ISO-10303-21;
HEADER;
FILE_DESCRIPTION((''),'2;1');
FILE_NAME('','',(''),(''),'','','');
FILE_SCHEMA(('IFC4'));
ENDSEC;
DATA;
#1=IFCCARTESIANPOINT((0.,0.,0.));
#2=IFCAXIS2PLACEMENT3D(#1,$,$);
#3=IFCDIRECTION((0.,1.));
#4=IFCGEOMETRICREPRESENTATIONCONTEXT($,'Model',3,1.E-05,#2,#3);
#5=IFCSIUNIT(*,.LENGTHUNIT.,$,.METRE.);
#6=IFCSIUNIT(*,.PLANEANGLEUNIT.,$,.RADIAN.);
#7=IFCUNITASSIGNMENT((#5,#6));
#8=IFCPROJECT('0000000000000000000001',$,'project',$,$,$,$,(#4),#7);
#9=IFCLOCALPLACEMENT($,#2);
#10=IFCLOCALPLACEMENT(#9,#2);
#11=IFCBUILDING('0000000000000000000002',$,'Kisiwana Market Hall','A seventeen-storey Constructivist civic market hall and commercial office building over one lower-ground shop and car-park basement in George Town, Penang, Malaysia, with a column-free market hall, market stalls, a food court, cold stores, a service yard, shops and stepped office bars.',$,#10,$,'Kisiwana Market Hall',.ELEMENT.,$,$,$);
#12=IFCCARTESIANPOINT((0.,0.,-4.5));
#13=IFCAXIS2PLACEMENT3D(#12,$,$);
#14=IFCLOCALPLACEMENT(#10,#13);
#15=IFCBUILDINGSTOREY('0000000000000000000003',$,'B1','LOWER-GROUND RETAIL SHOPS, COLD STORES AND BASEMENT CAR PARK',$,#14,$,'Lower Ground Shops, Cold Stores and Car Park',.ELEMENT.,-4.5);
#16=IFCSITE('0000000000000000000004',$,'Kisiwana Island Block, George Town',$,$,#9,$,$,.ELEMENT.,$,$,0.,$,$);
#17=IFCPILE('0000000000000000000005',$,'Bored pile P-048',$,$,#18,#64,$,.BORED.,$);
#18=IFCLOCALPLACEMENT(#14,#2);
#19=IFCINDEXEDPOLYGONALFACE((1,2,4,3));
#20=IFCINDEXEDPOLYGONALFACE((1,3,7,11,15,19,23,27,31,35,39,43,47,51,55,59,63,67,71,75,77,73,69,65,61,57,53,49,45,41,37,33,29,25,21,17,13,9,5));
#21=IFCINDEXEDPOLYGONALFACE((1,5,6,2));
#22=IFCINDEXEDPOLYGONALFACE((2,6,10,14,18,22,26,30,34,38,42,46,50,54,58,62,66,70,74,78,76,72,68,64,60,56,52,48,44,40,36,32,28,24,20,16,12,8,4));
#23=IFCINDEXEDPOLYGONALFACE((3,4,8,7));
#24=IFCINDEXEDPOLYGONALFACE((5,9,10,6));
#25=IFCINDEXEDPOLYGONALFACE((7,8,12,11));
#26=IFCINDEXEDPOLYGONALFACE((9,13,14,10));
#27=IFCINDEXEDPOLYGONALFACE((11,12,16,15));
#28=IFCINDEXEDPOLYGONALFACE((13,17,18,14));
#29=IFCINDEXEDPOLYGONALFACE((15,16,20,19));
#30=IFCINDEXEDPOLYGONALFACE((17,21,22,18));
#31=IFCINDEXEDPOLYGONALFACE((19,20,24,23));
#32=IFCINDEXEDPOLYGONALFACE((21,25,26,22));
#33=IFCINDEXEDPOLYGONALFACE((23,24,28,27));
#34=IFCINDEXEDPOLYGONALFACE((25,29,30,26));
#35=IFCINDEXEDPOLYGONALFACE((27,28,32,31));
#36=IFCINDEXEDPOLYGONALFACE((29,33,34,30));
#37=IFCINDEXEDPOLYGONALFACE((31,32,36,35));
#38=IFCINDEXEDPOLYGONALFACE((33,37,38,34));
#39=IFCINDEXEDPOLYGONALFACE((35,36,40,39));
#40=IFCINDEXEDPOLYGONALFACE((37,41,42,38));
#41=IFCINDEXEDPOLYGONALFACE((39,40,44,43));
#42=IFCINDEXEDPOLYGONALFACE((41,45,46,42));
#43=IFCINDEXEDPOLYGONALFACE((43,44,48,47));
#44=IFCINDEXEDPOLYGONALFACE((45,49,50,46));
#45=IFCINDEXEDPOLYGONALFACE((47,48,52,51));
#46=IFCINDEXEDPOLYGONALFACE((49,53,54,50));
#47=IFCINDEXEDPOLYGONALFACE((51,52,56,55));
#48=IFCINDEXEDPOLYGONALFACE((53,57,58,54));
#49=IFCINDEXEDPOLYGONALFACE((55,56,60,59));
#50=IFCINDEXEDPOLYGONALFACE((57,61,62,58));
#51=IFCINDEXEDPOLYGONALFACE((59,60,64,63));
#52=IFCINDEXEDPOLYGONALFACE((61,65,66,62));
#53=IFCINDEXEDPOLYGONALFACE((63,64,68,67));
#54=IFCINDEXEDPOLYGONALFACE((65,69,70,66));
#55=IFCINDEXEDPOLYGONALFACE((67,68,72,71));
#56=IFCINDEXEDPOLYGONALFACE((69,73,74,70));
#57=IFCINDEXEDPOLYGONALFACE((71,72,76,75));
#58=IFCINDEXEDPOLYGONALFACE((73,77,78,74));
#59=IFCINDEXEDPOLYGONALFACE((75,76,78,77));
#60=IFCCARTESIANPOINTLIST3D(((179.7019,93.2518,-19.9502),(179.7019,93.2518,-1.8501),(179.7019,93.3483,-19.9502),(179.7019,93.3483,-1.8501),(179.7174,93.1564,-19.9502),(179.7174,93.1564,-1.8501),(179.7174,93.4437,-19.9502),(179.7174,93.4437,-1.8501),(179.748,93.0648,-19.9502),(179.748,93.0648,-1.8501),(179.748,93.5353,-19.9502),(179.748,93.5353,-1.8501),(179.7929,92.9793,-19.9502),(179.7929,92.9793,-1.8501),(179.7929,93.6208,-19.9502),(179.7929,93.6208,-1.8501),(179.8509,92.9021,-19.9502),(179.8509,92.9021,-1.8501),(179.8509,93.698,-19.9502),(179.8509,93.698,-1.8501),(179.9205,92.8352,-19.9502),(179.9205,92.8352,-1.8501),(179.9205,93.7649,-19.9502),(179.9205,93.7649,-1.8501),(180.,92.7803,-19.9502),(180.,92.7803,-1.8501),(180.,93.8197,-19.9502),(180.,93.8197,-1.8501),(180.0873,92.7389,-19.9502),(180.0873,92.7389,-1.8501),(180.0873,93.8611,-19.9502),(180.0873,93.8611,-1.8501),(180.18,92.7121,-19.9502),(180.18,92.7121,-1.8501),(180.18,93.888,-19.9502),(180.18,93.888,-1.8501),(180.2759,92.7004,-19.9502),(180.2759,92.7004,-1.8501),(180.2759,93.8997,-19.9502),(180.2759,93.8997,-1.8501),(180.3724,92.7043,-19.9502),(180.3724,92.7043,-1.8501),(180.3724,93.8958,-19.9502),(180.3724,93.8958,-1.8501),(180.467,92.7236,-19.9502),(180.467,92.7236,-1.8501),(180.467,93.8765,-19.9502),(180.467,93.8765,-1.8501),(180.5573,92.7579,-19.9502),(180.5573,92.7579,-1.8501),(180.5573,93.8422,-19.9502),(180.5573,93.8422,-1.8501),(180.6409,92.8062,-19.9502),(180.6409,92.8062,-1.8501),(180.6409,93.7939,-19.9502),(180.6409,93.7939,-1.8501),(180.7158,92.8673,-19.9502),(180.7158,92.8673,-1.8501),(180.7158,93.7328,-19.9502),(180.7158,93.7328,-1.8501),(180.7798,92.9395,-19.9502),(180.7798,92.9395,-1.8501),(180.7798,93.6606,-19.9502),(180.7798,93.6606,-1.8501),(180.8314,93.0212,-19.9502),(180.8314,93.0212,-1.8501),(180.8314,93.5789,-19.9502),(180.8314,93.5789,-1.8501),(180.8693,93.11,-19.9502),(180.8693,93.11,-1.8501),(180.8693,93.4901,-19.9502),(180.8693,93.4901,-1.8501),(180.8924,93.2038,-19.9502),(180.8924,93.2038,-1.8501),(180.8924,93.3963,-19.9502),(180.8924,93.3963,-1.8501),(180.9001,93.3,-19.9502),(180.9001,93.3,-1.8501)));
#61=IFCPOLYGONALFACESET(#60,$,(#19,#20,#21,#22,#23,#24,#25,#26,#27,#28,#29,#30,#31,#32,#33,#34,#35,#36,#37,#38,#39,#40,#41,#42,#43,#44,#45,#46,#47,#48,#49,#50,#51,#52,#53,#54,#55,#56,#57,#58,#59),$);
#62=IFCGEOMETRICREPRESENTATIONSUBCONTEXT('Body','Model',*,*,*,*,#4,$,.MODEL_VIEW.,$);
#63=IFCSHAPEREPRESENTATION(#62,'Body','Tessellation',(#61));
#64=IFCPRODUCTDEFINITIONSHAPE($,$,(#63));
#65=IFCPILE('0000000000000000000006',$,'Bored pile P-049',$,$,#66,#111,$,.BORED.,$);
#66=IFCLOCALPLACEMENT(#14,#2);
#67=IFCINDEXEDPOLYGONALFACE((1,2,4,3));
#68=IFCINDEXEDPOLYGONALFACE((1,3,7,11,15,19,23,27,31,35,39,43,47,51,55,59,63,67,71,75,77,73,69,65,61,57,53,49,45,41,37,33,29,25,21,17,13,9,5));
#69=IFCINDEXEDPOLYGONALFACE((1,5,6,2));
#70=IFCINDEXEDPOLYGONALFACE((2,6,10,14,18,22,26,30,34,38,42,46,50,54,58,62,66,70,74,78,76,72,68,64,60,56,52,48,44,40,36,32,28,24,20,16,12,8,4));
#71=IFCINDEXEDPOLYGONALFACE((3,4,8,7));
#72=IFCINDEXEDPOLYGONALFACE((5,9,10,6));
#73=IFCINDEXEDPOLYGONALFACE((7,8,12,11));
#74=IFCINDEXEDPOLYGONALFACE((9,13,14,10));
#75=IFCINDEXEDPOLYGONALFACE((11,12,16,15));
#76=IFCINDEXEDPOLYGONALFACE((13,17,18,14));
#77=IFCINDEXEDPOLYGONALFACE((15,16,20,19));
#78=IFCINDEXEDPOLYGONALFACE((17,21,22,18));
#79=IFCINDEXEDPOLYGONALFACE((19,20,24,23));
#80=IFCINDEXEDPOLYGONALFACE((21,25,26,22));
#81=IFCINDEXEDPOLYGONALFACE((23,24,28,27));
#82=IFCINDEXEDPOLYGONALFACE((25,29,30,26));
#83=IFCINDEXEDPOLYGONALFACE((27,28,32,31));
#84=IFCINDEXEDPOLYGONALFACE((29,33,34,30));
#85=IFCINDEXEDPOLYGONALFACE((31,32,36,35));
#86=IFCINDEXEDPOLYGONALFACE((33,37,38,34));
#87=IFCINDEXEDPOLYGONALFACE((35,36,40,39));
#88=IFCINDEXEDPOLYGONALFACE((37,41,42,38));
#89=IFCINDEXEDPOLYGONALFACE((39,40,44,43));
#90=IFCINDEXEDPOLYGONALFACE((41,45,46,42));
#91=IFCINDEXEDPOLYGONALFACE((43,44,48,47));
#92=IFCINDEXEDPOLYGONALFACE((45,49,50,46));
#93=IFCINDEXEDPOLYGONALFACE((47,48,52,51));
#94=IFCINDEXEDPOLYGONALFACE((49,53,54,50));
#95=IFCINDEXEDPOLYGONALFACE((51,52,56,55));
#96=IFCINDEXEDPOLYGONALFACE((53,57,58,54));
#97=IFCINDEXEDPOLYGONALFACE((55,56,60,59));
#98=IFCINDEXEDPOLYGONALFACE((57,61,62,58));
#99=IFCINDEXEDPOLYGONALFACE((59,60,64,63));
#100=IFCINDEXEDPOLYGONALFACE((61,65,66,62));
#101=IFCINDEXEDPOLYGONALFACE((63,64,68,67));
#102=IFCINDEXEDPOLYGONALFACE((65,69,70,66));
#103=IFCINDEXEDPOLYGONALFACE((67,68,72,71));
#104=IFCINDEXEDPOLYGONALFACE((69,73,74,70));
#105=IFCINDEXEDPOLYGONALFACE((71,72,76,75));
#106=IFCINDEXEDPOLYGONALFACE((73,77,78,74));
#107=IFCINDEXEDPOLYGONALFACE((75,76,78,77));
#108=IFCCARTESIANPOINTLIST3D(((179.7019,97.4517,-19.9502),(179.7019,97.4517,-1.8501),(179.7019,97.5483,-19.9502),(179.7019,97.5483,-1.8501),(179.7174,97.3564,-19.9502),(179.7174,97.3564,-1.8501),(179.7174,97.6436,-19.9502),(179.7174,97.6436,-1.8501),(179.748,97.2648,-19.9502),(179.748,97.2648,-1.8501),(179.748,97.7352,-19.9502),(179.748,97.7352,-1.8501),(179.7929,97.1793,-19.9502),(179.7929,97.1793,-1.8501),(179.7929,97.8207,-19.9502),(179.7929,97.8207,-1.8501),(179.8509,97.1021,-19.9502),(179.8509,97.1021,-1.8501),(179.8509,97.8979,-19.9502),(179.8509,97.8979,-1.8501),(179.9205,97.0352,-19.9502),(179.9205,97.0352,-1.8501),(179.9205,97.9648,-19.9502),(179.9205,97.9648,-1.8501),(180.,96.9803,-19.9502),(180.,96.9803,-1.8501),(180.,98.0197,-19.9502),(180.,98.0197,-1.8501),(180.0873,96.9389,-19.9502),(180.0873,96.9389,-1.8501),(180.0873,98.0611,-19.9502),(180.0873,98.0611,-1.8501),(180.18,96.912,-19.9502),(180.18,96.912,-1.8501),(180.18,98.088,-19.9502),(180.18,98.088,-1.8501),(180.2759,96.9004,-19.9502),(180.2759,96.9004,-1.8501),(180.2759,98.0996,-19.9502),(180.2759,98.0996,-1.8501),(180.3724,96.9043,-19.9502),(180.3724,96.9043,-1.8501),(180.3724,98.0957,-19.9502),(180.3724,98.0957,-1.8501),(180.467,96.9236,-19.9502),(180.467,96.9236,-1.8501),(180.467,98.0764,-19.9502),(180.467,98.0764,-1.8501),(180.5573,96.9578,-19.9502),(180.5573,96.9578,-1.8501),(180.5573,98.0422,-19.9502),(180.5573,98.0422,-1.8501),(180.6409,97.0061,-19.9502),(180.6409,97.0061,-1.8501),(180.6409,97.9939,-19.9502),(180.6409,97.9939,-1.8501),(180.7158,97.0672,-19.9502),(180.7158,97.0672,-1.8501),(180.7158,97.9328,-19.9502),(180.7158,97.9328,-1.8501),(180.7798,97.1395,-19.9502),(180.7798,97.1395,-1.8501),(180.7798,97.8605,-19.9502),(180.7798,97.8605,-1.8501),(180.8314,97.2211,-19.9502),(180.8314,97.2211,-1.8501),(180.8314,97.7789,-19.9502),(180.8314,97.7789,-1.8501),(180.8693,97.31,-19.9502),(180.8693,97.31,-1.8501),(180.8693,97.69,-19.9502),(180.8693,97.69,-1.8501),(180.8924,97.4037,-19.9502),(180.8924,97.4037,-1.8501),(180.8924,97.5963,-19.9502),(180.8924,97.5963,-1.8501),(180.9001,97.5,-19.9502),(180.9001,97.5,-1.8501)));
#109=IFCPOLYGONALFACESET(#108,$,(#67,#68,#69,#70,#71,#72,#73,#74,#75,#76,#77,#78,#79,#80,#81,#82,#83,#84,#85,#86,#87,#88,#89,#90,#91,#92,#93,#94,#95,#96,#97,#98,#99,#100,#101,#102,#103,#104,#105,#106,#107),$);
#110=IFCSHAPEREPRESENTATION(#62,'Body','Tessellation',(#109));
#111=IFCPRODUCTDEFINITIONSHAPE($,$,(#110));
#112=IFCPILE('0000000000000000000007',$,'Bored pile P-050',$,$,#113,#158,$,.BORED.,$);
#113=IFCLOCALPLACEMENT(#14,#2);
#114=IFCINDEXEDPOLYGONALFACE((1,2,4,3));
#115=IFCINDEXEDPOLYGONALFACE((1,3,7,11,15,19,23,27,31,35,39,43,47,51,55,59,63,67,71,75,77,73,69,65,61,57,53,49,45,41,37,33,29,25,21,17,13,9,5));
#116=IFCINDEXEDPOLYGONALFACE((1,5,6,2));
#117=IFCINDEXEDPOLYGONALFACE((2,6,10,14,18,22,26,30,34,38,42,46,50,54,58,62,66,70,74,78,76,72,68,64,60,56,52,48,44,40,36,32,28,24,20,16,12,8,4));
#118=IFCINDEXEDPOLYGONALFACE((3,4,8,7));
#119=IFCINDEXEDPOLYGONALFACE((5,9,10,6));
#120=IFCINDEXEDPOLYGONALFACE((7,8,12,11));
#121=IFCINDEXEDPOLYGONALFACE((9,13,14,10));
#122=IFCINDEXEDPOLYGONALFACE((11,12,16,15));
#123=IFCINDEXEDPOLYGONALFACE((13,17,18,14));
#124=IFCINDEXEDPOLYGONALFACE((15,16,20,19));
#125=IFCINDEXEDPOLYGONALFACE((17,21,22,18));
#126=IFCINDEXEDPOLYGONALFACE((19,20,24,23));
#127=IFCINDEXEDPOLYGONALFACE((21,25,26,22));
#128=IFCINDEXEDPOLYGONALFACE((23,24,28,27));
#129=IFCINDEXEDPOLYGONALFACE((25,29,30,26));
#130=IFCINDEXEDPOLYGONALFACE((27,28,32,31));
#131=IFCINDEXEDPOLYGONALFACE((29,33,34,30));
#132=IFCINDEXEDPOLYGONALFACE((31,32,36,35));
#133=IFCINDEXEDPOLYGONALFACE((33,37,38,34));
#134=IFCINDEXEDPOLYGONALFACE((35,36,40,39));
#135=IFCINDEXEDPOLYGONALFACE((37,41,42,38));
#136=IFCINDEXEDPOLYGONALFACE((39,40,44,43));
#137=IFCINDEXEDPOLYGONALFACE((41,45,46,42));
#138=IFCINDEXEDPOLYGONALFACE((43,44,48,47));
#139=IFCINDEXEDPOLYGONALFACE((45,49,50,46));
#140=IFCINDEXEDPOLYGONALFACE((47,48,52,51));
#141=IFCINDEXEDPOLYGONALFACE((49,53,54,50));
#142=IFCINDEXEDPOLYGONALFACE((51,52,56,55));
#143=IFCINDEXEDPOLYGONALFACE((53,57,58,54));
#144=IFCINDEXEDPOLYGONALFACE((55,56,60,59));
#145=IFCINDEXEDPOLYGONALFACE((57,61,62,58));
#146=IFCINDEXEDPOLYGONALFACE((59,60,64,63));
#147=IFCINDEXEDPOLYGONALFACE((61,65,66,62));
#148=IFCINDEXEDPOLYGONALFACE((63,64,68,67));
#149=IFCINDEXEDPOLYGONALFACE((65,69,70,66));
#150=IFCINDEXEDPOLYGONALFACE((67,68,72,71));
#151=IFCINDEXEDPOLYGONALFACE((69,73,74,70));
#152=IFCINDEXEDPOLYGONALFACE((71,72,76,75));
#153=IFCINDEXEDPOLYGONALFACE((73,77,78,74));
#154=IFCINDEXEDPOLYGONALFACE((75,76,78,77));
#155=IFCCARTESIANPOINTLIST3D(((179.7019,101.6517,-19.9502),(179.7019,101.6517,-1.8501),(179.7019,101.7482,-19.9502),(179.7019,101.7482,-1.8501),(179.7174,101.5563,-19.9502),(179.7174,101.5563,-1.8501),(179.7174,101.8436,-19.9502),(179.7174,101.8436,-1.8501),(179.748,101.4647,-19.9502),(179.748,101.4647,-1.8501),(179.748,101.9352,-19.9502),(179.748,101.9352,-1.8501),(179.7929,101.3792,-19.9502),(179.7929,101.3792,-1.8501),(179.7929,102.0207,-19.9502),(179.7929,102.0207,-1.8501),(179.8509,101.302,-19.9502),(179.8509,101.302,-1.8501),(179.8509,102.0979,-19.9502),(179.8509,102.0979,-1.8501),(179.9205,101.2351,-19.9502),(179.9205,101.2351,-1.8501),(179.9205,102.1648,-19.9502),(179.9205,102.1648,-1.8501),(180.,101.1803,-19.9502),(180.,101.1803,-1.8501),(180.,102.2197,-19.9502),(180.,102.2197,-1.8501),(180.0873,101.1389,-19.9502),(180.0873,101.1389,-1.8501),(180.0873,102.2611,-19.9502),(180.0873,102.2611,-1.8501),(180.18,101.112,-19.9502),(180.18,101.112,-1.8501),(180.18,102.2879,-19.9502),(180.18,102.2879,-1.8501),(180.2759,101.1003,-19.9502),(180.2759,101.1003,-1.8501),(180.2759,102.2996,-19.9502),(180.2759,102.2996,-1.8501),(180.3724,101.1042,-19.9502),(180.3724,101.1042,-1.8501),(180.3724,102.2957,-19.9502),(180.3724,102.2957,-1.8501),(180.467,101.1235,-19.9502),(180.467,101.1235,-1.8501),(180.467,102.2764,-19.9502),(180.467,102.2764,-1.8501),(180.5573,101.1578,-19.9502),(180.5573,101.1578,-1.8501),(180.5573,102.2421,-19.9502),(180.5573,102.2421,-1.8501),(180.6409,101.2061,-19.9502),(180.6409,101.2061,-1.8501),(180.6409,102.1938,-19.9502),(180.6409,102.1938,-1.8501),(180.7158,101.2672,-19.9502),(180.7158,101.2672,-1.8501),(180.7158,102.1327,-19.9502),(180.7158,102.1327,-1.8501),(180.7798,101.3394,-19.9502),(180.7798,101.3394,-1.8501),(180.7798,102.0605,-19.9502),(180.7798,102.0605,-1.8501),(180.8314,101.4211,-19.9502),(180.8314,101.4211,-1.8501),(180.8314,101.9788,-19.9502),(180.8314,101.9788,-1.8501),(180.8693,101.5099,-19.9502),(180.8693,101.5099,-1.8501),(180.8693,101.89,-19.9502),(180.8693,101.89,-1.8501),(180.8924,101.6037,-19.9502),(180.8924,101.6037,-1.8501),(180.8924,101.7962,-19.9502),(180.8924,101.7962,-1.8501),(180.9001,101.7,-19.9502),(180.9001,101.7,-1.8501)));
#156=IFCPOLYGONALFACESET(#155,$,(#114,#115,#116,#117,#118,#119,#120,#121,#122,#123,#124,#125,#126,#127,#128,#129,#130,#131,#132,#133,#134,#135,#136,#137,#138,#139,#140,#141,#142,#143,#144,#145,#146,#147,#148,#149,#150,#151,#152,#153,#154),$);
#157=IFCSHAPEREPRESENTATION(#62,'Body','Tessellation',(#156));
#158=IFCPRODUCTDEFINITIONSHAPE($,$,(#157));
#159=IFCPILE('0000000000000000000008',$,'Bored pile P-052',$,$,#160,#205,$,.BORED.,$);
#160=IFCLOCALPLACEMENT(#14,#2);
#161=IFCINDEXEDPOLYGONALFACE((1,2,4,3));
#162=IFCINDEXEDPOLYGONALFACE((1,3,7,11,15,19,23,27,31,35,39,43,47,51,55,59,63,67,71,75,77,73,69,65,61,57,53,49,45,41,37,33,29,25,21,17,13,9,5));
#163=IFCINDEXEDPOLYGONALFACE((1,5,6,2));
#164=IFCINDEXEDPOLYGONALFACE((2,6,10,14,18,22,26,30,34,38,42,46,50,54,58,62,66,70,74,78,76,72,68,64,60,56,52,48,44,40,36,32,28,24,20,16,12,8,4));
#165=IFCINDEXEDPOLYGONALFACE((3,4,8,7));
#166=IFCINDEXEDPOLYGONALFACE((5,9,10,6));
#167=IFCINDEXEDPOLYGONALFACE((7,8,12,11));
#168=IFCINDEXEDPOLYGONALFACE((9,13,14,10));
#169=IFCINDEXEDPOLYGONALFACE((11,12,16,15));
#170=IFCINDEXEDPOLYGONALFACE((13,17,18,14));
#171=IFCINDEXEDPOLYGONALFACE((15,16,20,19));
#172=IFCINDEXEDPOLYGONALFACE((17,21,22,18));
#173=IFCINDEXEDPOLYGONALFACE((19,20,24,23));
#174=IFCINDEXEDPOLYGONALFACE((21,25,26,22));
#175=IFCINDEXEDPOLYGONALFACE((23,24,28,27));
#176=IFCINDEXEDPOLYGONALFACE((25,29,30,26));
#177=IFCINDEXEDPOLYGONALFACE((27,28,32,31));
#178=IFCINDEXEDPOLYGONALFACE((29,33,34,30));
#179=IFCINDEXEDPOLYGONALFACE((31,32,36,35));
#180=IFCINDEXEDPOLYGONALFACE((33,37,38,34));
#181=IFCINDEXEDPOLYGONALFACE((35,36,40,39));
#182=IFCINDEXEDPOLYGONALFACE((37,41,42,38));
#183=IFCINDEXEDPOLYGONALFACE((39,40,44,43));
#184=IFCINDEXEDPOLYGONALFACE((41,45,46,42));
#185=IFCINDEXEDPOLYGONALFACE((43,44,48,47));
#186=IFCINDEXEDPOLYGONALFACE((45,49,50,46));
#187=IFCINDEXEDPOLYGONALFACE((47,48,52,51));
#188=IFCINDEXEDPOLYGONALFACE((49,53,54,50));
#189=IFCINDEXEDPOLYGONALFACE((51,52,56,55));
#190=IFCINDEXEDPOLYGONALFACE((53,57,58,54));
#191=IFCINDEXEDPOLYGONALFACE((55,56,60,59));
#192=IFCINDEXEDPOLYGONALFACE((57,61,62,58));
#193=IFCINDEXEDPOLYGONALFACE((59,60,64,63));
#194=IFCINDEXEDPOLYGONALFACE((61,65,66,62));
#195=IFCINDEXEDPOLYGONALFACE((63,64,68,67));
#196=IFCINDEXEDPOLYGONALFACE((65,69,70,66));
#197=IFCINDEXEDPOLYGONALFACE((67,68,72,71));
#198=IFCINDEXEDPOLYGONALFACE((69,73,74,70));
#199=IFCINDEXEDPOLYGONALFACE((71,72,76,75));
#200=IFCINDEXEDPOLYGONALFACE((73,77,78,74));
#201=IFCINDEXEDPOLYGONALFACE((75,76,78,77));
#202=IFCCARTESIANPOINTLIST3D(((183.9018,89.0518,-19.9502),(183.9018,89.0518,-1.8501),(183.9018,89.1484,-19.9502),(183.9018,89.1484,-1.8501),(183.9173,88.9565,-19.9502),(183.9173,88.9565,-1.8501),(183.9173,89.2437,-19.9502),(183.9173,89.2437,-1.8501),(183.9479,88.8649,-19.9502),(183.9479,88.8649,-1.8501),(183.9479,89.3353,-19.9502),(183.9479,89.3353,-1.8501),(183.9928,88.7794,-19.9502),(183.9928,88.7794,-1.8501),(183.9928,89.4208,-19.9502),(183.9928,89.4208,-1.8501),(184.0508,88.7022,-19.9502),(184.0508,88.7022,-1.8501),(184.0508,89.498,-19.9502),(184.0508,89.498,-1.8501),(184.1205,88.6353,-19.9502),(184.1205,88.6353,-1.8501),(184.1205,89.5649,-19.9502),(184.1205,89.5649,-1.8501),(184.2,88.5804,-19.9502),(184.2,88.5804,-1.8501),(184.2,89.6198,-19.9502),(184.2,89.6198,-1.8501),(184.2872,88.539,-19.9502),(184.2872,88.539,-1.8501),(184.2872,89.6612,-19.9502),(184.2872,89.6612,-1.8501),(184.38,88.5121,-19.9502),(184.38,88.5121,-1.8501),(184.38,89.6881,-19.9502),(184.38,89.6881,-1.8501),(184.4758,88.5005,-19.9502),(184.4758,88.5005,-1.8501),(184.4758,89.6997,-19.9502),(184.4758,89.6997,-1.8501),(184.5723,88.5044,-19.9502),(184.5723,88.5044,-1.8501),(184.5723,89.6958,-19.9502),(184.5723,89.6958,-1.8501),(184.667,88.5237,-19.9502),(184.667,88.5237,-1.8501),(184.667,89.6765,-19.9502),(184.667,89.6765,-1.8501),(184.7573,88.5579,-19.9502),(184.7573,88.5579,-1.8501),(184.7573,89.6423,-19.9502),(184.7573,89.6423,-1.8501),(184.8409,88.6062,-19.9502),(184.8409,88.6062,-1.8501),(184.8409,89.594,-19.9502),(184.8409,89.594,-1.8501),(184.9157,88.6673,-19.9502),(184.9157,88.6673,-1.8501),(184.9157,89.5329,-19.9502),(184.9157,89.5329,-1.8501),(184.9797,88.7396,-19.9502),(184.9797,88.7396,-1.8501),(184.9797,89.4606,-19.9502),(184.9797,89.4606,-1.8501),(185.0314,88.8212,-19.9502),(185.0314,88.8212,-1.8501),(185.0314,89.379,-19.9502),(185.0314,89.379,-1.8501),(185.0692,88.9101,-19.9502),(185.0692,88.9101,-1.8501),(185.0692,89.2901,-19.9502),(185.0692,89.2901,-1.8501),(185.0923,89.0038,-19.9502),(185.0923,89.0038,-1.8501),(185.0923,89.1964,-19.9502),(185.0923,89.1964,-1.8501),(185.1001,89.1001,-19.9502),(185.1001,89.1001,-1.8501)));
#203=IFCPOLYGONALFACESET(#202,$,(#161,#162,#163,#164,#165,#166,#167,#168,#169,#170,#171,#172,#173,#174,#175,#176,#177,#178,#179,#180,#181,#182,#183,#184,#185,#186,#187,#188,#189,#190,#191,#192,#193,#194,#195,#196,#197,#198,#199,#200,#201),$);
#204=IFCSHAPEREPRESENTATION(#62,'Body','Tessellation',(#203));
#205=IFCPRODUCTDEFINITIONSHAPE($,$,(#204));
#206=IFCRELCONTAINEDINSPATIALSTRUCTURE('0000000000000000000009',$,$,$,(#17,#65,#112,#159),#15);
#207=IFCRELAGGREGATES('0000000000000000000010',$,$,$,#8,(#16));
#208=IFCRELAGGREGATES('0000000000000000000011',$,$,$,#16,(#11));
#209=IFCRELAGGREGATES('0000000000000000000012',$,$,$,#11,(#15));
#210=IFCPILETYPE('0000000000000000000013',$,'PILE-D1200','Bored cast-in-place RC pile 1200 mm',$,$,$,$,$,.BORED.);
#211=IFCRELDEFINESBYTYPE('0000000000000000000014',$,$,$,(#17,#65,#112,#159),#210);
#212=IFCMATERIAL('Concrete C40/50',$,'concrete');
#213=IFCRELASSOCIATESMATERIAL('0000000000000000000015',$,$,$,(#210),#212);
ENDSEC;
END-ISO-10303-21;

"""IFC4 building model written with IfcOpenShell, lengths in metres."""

from ifc_helpers import new_model, si_unit, direction, frame, origin, origin_2d, place, context, subcontext, project, spatial, circle, extrude, material, material_profile, profile_set, type_object, element, save


model = new_model("IFC4")

# Units and contexts
model_context = context("Model", 3, precision=1e-05, world=origin(), true_north=direction((0.0, 1.0)))
body_context = subcontext(model_context, "Body", "Model", "MODEL_VIEW")
ifc_project = project(units=[si_unit("LENGTHUNIT", "METRE"), si_unit("PLANEANGLEUNIT", "RADIAN")], contexts=[model_context])

# Site, building, storey
site_placement = place(None, origin())
site = spatial("IfcSite", under=ifc_project, at=site_placement, Name="Kisiwana Island Block, George Town", CompositionType="ELEMENT", RefElevation=0.0)
building_placement = place(site_placement, origin())
building = spatial("IfcBuilding", under=site, at=building_placement, Name="Kisiwana Market Hall", Description="A seventeen-storey Constructivist civic market hall and commercial office building over one lower-ground shop and car-park basement in George Town, Penang, Malaysia, with a column-free market hall, market stalls, a food court, cold stores, a service yard, shops and stepped office bars.", LongName="Kisiwana Market Hall", CompositionType="ELEMENT")
storey_placement = place(building_placement, frame((0.0, 0.0, -4.5)))
storey = spatial("IfcBuildingStorey", under=building, at=storey_placement, Name="B1", Description="LOWER-GROUND RETAIL SHOPS, COLD STORES AND BASEMENT CAR PARK", LongName="Lower Ground Shops, Cold Stores and Car Park", CompositionType="ELEMENT", Elevation=-4.5)

# Piles
ifc_material_1 = material(Name="Concrete C40/50", Category="concrete")
ifc_material_profile_1 = material_profile(ifc_material_1, circle(Radius=0.6001, at=origin_2d()), Name="BP D1200")
ifc_profile_set_1 = profile_set([ifc_material_profile_1], Name="Concrete C40/50")
pile_type_1 = type_object("IfcPileType", Name="PILE-D1200", Description="Bored cast-in-place RC pile 1200 mm", PredefinedType="BORED", material=ifc_profile_set_1)
for number, where, z_axis, x_axis, name in (
    (1, (180.3, 93.3, -1.8501), (0.0, 0.0, -1.0), (1.0, 0.0, 0.0), "Bored pile P-048"),
    (2, (180.3, 97.5, -1.8501), (0.0, 0.0, -1.0), (1.0, 0.0, 0.0), "Bored pile P-049"),
    (3, (180.3, 101.7, -1.8501), (0.0, 0.0, -1.0), (1.0, 0.0, 0.0), "Bored pile P-050"),
    (4, (184.5, 89.1001, -1.8501), (0.0, 0.0, -1.0), (1.0, 0.0, 0.0), "Bored pile P-052"),
):
    element("IfcPile", number, at=place(storey_placement, frame(where, z_axis=z_axis, x_axis=x_axis)), inside=storey, type_object=pile_type_1, Name=name, PredefinedType="BORED", context=body_context, shape_type="SweptSolid", body=[
        extrude(circle(Radius=0.6001, at=origin_2d()), origin(), (0.0, 0.0, 1.0), 18.1001),
    ])

save(model, "model.ifc")
